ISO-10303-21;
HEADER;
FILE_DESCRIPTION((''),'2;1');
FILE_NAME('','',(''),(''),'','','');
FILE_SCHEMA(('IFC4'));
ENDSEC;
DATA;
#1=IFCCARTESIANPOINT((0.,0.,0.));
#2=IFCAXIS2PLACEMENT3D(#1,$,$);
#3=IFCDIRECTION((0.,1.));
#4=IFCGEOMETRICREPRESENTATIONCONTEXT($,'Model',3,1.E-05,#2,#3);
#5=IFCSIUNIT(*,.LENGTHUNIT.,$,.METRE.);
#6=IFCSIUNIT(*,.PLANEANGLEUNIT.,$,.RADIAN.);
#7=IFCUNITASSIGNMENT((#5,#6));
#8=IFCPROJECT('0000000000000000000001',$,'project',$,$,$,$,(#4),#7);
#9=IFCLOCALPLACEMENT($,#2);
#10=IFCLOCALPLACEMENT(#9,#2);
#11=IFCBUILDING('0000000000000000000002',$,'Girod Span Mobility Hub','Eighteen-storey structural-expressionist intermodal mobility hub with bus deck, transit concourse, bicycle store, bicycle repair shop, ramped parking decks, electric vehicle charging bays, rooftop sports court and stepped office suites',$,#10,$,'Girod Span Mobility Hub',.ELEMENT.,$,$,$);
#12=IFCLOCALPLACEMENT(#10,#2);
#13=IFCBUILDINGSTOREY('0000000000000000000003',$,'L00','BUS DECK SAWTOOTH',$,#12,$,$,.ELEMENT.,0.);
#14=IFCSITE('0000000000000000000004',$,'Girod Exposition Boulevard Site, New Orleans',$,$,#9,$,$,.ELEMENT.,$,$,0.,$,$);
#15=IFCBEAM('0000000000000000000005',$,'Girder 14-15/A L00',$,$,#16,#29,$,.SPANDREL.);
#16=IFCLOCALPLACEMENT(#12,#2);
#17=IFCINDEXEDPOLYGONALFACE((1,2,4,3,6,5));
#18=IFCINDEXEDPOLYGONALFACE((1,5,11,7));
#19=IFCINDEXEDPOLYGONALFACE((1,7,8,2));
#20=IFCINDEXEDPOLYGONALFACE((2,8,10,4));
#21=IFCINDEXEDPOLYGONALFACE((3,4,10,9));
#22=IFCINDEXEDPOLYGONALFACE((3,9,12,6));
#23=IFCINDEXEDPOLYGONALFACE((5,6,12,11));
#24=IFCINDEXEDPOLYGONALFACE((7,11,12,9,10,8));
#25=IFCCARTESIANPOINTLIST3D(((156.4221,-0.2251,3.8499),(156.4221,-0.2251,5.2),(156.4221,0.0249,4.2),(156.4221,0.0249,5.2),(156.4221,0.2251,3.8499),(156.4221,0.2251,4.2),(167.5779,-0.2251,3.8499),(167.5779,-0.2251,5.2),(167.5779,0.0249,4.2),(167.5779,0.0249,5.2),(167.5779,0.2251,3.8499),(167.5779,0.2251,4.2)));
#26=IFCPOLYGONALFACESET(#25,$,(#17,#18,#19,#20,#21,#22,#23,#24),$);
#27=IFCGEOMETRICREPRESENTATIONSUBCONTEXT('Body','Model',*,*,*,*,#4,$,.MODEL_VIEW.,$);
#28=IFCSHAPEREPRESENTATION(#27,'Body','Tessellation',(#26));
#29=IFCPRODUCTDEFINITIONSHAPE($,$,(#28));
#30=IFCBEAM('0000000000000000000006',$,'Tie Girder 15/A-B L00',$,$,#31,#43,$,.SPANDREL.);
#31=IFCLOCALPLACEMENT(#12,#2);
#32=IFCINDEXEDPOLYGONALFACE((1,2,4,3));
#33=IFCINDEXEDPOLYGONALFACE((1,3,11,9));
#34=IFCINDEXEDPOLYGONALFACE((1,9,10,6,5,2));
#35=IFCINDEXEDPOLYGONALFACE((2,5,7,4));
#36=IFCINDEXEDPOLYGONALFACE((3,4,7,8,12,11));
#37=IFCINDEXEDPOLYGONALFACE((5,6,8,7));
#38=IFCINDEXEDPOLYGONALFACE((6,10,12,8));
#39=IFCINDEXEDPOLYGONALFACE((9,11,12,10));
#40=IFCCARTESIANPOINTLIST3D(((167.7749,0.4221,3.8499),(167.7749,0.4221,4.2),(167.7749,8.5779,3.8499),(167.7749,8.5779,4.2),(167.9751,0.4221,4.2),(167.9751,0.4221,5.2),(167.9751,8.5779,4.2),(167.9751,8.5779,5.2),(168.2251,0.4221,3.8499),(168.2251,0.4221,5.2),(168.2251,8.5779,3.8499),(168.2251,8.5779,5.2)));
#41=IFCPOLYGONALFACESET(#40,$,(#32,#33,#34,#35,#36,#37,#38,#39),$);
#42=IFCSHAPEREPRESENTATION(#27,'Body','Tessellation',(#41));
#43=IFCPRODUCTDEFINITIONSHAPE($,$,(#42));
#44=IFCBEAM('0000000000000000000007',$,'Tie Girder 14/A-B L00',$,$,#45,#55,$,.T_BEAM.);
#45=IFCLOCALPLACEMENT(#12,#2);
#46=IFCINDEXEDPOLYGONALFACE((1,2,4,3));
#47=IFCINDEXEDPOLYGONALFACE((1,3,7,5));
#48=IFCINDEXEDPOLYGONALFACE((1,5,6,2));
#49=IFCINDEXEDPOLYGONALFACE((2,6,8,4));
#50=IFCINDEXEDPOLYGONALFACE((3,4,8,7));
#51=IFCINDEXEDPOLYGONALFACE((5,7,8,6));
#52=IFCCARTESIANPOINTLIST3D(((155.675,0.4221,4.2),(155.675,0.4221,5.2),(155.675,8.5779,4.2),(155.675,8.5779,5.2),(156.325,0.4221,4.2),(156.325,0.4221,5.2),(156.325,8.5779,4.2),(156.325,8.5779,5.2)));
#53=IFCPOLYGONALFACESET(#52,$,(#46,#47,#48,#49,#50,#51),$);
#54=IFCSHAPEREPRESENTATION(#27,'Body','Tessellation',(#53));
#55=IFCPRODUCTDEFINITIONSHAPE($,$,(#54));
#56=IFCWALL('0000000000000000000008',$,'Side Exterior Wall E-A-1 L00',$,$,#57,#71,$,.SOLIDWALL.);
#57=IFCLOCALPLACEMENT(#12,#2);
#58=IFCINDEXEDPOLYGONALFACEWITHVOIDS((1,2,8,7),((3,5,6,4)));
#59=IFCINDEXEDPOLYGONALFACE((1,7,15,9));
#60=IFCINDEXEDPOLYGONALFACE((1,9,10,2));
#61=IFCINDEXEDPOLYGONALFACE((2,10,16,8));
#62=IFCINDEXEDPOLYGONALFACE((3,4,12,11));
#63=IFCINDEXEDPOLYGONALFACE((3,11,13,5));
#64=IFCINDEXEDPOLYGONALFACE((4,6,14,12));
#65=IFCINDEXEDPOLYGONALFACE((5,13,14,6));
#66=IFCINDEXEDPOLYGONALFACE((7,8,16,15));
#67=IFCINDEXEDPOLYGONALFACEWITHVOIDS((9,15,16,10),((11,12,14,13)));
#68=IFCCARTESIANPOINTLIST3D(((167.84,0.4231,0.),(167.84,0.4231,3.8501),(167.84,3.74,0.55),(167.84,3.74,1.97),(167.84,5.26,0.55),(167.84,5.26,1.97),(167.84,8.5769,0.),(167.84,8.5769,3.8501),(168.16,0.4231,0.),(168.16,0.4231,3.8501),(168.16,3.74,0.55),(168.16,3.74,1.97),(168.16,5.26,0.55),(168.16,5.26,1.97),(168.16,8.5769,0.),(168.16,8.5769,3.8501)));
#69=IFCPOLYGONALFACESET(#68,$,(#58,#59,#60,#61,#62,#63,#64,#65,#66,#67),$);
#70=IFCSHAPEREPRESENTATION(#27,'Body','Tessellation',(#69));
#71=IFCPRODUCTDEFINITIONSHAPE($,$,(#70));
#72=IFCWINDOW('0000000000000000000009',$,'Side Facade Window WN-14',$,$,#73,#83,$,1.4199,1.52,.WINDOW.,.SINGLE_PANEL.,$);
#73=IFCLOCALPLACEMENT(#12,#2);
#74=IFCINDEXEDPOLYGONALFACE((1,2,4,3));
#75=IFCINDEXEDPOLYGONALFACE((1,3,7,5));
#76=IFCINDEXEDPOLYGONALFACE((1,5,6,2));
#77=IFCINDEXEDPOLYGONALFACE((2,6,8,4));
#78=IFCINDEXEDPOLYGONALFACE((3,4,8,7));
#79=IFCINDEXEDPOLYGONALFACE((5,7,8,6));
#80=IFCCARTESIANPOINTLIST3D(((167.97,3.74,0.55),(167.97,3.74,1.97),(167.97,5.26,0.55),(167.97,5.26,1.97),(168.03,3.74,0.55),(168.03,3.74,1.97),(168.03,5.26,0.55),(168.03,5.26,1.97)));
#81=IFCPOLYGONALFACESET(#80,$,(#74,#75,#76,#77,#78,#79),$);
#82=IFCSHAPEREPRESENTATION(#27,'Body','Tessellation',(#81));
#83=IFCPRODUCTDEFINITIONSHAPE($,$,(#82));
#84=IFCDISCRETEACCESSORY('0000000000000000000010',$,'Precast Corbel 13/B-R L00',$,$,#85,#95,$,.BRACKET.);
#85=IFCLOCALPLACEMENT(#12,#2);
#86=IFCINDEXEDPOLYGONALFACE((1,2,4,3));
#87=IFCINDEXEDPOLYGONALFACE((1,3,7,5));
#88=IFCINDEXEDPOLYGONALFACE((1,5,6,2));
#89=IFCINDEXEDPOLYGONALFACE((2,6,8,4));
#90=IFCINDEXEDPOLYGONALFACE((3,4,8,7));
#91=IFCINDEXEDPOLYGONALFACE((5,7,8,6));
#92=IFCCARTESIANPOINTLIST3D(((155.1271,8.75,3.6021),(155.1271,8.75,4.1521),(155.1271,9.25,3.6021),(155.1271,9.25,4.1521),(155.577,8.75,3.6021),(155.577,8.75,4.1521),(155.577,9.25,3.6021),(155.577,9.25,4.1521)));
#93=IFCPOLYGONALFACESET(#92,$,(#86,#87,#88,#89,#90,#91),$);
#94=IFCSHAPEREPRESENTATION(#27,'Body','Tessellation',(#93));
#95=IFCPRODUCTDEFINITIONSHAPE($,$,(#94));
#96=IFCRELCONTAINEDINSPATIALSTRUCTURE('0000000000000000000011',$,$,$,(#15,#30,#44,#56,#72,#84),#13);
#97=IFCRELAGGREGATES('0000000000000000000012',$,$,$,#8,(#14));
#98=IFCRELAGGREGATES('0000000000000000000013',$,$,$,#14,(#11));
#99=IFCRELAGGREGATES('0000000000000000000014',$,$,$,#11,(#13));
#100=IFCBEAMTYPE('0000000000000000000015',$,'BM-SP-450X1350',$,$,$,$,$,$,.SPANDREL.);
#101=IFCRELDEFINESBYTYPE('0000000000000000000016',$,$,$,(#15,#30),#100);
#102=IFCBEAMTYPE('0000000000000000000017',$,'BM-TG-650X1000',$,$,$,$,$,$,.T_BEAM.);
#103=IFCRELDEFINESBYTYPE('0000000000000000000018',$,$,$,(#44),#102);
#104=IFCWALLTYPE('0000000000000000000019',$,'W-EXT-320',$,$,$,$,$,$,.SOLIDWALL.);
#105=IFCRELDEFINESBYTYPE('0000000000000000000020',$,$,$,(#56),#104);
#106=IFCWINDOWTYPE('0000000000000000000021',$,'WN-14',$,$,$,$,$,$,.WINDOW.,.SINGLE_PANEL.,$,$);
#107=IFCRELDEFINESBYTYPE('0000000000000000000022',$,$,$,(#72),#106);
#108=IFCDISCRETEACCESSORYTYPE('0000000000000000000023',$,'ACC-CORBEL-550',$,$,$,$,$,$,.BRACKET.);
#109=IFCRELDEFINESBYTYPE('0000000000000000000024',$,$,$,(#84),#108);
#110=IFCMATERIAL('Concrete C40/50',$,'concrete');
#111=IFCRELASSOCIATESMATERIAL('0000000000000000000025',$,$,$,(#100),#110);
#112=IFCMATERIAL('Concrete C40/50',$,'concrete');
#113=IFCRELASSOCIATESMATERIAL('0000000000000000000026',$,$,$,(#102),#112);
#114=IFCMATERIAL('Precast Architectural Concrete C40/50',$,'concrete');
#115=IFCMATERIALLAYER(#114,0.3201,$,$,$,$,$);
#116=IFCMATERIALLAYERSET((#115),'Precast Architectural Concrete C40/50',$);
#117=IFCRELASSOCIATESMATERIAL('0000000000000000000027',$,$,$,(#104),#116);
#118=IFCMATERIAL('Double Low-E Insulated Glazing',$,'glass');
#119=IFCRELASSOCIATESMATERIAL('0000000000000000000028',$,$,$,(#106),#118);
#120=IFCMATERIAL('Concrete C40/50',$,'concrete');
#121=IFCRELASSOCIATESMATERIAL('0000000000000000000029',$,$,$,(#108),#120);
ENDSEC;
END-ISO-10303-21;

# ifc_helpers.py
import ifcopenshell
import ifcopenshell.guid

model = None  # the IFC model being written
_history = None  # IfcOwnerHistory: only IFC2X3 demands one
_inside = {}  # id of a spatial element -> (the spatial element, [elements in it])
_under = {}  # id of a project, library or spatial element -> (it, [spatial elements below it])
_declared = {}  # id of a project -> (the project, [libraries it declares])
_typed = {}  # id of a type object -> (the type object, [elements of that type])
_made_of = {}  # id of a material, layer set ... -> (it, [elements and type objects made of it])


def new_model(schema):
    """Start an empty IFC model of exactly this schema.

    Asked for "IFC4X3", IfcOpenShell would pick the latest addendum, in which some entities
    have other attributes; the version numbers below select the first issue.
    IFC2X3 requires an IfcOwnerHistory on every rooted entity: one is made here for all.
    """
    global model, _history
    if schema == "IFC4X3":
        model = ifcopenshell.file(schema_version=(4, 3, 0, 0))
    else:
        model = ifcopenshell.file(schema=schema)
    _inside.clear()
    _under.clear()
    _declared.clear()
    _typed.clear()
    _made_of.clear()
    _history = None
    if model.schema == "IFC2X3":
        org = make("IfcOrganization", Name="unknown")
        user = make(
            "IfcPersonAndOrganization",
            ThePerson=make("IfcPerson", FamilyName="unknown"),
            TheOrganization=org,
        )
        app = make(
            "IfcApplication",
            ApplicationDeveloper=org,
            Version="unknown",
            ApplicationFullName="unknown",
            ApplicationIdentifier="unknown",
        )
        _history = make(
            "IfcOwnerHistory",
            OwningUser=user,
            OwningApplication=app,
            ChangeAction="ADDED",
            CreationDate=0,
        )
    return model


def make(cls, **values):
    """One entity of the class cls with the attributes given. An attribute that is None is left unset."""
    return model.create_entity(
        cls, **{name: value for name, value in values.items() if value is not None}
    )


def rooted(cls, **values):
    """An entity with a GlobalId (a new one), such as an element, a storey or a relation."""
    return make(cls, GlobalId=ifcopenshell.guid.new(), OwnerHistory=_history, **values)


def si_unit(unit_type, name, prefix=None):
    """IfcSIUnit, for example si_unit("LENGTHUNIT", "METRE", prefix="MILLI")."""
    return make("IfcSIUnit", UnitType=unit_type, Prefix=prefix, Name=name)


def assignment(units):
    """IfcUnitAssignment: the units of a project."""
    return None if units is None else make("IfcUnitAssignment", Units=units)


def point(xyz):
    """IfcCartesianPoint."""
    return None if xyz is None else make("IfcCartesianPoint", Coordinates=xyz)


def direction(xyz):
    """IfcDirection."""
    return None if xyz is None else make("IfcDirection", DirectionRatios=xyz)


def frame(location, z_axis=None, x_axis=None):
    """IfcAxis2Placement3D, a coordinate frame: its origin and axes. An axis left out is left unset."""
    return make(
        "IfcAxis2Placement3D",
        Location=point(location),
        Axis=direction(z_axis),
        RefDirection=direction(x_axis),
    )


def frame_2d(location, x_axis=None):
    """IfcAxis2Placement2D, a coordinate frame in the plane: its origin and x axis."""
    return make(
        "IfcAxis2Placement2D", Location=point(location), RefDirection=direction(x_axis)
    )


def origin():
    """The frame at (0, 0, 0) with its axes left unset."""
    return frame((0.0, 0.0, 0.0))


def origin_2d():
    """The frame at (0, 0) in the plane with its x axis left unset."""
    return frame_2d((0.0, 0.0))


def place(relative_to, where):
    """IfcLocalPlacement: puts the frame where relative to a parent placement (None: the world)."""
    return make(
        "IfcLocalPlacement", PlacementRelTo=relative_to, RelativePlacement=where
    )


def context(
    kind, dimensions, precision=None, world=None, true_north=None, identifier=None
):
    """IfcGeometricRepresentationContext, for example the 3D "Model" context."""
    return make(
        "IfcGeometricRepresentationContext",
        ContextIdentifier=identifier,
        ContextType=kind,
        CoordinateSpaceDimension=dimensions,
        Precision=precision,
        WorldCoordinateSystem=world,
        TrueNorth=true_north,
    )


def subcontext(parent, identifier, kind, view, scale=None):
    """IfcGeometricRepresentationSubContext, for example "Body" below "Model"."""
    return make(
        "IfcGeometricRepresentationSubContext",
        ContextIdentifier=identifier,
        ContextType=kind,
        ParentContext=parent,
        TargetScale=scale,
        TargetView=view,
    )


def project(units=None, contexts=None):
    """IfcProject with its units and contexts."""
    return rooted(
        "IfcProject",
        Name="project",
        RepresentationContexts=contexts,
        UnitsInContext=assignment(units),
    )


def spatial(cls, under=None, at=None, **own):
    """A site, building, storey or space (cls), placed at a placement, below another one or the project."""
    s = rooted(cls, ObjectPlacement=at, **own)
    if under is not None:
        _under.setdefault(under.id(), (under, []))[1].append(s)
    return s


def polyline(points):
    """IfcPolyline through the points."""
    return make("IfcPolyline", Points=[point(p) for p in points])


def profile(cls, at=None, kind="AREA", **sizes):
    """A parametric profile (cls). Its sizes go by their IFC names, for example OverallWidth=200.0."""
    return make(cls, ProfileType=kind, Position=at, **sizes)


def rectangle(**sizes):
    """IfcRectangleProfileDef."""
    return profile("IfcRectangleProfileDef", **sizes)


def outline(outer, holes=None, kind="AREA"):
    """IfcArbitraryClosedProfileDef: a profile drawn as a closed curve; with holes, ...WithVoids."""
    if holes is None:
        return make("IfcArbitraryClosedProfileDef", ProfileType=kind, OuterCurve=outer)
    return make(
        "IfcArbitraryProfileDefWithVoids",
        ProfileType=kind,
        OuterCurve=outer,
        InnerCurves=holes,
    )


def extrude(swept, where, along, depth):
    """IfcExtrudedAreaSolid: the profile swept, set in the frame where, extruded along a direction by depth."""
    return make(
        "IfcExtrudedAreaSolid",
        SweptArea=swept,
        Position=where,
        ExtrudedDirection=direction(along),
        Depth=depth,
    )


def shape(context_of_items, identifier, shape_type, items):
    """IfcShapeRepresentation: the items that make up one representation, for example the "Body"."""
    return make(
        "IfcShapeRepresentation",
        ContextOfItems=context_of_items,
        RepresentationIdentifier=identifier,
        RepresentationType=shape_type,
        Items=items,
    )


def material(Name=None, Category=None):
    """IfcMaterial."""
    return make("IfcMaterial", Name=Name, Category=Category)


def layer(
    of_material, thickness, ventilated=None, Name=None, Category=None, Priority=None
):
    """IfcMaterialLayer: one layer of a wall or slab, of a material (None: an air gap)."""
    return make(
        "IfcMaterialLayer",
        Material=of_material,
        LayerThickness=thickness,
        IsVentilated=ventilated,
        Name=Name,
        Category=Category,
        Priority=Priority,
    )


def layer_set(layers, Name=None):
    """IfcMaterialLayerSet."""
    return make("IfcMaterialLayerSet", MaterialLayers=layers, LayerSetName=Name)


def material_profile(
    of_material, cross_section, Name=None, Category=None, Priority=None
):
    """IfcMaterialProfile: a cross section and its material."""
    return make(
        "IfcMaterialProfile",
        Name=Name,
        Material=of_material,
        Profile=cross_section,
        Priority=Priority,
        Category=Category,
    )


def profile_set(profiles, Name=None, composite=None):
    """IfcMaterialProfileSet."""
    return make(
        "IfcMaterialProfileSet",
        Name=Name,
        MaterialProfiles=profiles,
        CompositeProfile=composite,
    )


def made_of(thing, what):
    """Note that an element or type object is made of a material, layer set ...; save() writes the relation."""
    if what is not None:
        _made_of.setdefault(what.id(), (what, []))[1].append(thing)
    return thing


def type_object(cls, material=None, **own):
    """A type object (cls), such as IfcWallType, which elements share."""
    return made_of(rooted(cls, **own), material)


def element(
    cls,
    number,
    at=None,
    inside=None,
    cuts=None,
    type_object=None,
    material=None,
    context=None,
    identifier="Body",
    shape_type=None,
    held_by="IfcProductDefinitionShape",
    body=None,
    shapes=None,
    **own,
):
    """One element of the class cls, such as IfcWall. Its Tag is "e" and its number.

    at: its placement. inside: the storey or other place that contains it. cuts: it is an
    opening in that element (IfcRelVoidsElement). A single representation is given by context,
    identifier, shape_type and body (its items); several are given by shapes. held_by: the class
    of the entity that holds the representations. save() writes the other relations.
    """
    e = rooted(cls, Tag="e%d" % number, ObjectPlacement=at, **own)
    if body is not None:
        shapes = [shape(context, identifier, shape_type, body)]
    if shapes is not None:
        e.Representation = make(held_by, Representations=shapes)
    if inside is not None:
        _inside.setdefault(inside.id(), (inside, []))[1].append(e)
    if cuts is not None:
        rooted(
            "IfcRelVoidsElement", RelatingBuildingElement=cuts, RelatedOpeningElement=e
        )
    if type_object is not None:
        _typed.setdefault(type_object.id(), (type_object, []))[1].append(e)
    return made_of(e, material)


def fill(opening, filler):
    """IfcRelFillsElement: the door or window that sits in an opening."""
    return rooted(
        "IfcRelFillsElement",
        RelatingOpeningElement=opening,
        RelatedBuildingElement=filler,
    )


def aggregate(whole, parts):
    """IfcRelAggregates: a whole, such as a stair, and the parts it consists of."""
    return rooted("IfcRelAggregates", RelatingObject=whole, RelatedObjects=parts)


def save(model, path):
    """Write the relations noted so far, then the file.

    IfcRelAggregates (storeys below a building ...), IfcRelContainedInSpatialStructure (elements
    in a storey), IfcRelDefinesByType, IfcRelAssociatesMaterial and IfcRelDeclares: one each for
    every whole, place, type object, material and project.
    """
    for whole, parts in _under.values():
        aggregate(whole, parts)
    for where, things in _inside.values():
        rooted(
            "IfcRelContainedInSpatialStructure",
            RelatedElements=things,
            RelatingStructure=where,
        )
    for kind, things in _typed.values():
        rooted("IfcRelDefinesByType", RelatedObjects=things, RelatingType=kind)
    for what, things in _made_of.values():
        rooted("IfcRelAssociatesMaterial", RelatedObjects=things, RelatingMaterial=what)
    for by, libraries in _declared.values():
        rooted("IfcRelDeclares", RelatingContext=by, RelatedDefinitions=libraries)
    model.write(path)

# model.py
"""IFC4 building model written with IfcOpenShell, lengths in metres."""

from ifc_helpers import new_model, si_unit, direction, frame, frame_2d, origin, origin_2d, place, context, subcontext, project, spatial, polyline, rectangle, outline, extrude, material, layer, layer_set, material_profile, profile_set, type_object, element, fill, save


model = new_model("IFC4")

# Units and contexts
model_context = context("Model", 3, precision=1e-05, world=origin(), true_north=direction((0.0, 1.0)))
body_context = subcontext(model_context, "Body", "Model", "MODEL_VIEW")
ifc_project = project(units=[si_unit("LENGTHUNIT", "METRE"), si_unit("PLANEANGLEUNIT", "RADIAN")], contexts=[model_context])

# Site, building, storey
site_placement = place(None, origin())
site = spatial("IfcSite", under=ifc_project, at=site_placement, Name="Girod Exposition Boulevard Site, New Orleans", CompositionType="ELEMENT", RefElevation=0.0)
building_placement = place(site_placement, origin())
building = spatial("IfcBuilding", under=site, at=building_placement, Name="Girod Span Mobility Hub", Description="Eighteen-storey structural-expressionist intermodal mobility hub with bus deck, transit concourse, bicycle store, bicycle repair shop, ramped parking decks, electric vehicle charging bays, rooftop sports court and stepped office suites", LongName="Girod Span Mobility Hub", CompositionType="ELEMENT")
storey_placement = place(building_placement, origin())
storey = spatial("IfcBuildingStorey", under=building, at=storey_placement, Name="L00", Description="BUS DECK SAWTOOTH", CompositionType="ELEMENT", Elevation=0.0)

# Beams
ifc_material_1 = material(Name="Concrete C40/50", Category="concrete")
ifc_material_profile_1 = material_profile(ifc_material_1, outline(polyline([(-0.2251, -0.675), (0.2251, -0.675), (0.2251, -0.325), (0.0249, -0.325), (0.0249, 0.675), (-0.2251, 0.675), (-0.2251, -0.675)])), Name="SP-450X1350")
ifc_profile_set_1 = profile_set([ifc_material_profile_1], Name="Concrete C40/50")
beam_type_1 = type_object("IfcBeamType", Name="BM-SP-450X1350", PredefinedType="SPANDREL", material=ifc_profile_set_1)
beam_1_placement = place(storey_placement, frame((156.4221, 0.0, 4.5249), z_axis=(1.0, 0.0, 0.0), x_axis=(0.0, 1.0, 0.0)))
element("IfcBeam", 1, at=beam_1_placement, inside=storey, type_object=beam_type_1, Name="Girder 14-15/A L00", PredefinedType="SPANDREL", context=body_context, shape_type="SweptSolid", body=[
    extrude(outline(polyline([(-0.2251, -0.675), (0.2251, -0.675), (0.2251, -0.325), (0.0249, -0.325), (0.0249, 0.675), (-0.2251, 0.675), (-0.2251, -0.675)])), origin(), (0.0, 0.0, 1.0), 11.1558),
])
beam_2_placement = place(storey_placement, frame((168.0, 0.4221, 4.5249), z_axis=(0.0, 1.0, 0.0), x_axis=(-1.0, 0.0, 0.0)))
element("IfcBeam", 2, at=beam_2_placement, inside=storey, type_object=beam_type_1, Name="Tie Girder 15/A-B L00", PredefinedType="SPANDREL", context=body_context, shape_type="SweptSolid", body=[
    extrude(outline(polyline([(-0.2251, -0.675), (0.2251, -0.675), (0.2251, -0.325), (0.0249, -0.325), (0.0249, 0.675), (-0.2251, 0.675), (-0.2251, -0.675)])), origin(), (0.0, 0.0, 1.0), 8.1558),
])
ifc_material_2 = material(Name="Concrete C40/50", Category="concrete")
ifc_material_profile_2 = material_profile(ifc_material_2, rectangle(XDim=0.6499, YDim=1.0, at=origin_2d()), Name="TG-650X1000")
ifc_profile_set_2 = profile_set([ifc_material_profile_2], Name="Concrete C40/50")
beam_type_2 = type_object("IfcBeamType", Name="BM-TG-650X1000", PredefinedType="T_BEAM", material=ifc_profile_set_2)
beam_3_placement = place(storey_placement, frame((156.0, 0.4221, 4.7), z_axis=(0.0, 1.0, 0.0), x_axis=(-1.0, 0.0, 0.0)))
element("IfcBeam", 3, at=beam_3_placement, inside=storey, type_object=beam_type_2, Name="Tie Girder 14/A-B L00", PredefinedType="T_BEAM", context=body_context, shape_type="SweptSolid", body=[
    extrude(rectangle(XDim=0.6499, YDim=1.0, at=origin_2d()), origin(), (0.0, 0.0, 1.0), 8.1558),
])

# Wall, opening, window
ifc_material_3 = material(Name="Precast Architectural Concrete C40/50", Category="concrete")
ifc_layer_1 = layer(ifc_material_3, 0.3201)
ifc_layer_set_1 = layer_set([ifc_layer_1], Name="Precast Architectural Concrete C40/50")
wall_type_1 = type_object("IfcWallType", Name="W-EXT-320", PredefinedType="SOLIDWALL", material=ifc_layer_set_1)
wall_1_placement = place(storey_placement, frame((168.0, 0.4231, 0.0), z_axis=(0.0, 0.0, 1.0), x_axis=(0.0, 1.0, 0.0)))
wall_1 = element("IfcWall", 4, at=wall_1_placement, inside=storey, type_object=wall_type_1, Name="Side Exterior Wall E-A-1 L00", PredefinedType="SOLIDWALL", context=body_context, shape_type="SweptSolid", body=[
    extrude(rectangle(XDim=8.1538, YDim=0.3201, at=frame_2d((4.0769, 0.0))), origin(), (0.0, 0.0, 1.0), 3.8501),
])
opening_1_placement = place(wall_1_placement, frame((3.3169, 0.0, 0.55)))
opening_1 = element("IfcOpeningElement", 5, at=opening_1_placement, cuts=wall_1, PredefinedType="OPENING", context=body_context, shape_type="SweptSolid", body=[
    extrude(rectangle(XDim=1.52, YDim=1.4199, at=frame_2d((0.76, 0.71))), frame((0.0, 0.175, 0.0), z_axis=(0.0, -1.0, 0.0), x_axis=(1.0, 0.0, 0.0)), (0.0, 0.0, 1.0), 0.3501),
])
ifc_material_4 = material(Name="Double Low-E Insulated Glazing", Category="glass")
window_type = type_object("IfcWindowType", Name="WN-14", PartitioningType="SINGLE_PANEL", PredefinedType="WINDOW", material=ifc_material_4)
window_placement = place(opening_1_placement, origin())
window = element("IfcWindow", 6, at=window_placement, inside=storey, type_object=window_type, Name="Side Facade Window WN-14", OverallHeight=1.4199, OverallWidth=1.52, PartitioningType="SINGLE_PANEL", PredefinedType="WINDOW", context=body_context, shape_type="SweptSolid", body=[
    extrude(rectangle(XDim=1.52, YDim=1.4199, at=frame_2d((0.76, 0.71))), frame((0.0, 0.03, 0.0), z_axis=(0.0, -1.0, 0.0), x_axis=(1.0, 0.0, 0.0)), (0.0, 0.0, 1.0), 0.0601),
])
fill(opening_1, window)

# Discrete accessory
ifc_material_5 = material(Name="Concrete C40/50", Category="concrete")
discrete_accessory_type = type_object("IfcDiscreteAccessoryType", Name="ACC-CORBEL-550", PredefinedType="BRACKET", material=ifc_material_5)
discrete_accessory_placement = place(storey_placement, frame((155.3521, 9.0, 3.6021), z_axis=(0.0, 0.0, 1.0), x_axis=(1.0, 0.0, 0.0)))
element("IfcDiscreteAccessory", 7, at=discrete_accessory_placement, inside=storey, type_object=discrete_accessory_type, Name="Precast Corbel 13/B-R L00", PredefinedType="BRACKET", context=body_context, shape_type="SweptSolid", body=[
    extrude(rectangle(XDim=0.45, YDim=0.5, at=origin_2d()), origin(), (0.0, 0.0, 1.0), 0.55),
])

save(model, "model.ifc")
